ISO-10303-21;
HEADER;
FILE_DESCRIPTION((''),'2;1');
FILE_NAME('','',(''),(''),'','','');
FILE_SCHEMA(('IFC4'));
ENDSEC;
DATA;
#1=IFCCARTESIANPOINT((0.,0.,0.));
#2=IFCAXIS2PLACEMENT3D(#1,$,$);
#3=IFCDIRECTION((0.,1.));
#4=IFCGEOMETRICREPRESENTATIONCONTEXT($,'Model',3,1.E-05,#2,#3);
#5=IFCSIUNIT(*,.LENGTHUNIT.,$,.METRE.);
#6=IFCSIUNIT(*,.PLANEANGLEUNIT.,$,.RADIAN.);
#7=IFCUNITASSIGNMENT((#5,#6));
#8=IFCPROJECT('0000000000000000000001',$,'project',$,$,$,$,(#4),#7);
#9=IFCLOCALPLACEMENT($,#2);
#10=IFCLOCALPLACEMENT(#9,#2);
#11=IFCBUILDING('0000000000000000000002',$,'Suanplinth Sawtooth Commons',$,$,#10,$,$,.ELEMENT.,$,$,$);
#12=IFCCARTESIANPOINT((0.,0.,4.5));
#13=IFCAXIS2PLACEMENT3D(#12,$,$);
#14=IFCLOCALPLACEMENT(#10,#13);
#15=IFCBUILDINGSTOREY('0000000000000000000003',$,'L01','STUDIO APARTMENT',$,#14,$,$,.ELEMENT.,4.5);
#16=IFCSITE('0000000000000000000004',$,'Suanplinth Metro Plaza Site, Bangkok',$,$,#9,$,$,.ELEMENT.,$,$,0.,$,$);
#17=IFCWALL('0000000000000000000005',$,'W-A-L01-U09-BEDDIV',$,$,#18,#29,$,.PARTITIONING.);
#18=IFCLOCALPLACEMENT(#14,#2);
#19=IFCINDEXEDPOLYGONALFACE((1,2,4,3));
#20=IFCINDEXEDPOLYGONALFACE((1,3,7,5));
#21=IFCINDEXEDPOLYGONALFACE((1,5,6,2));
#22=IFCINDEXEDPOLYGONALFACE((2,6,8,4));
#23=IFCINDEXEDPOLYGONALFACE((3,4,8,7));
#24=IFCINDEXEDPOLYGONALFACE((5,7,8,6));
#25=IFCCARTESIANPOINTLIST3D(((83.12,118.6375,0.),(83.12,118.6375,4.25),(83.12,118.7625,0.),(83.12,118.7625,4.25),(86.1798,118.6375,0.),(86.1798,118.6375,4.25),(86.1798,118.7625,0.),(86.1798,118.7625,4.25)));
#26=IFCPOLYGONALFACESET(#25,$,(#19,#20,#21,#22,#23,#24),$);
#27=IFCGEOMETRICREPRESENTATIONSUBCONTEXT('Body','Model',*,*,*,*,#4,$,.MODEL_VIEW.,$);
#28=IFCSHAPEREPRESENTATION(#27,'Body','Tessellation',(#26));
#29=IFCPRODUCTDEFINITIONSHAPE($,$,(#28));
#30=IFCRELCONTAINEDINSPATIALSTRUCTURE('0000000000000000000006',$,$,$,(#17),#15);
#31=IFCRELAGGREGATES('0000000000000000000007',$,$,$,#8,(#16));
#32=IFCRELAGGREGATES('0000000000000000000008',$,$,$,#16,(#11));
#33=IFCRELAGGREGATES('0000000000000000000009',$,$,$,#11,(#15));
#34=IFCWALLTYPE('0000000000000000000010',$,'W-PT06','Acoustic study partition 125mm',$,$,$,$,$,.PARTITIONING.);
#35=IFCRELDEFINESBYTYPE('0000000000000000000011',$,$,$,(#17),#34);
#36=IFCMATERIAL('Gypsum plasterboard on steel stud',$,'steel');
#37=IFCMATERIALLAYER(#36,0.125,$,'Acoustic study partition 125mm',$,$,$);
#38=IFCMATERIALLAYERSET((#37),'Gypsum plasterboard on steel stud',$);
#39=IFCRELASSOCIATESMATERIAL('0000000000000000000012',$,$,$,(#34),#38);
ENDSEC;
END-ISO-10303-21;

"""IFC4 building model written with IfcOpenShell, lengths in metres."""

from ifc_helpers import new_model, si_unit, direction, frame, frame_2d, origin, place, context, subcontext, project, spatial, rectangle, extrude, material, layer, layer_set, type_object, element, save


model = new_model("IFC4")

# Units and contexts
model_context = context("Model", 3, precision=1e-05, world=origin(), true_north=direction((0.0, 1.0)))
body_context = subcontext(model_context, "Body", "Model", "MODEL_VIEW")
ifc_project = project(units=[si_unit("LENGTHUNIT", "METRE"), si_unit("PLANEANGLEUNIT", "RADIAN")], contexts=[model_context])

# Site, building, storey
site_placement = place(None, origin())
site = spatial("IfcSite", under=ifc_project, at=site_placement, Name="Suanplinth Metro Plaza Site, Bangkok", CompositionType="ELEMENT", RefElevation=0.0)
building_placement = place(site_placement, origin())
building = spatial("IfcBuilding", under=site, at=building_placement, Name="Suanplinth Sawtooth Commons", CompositionType="ELEMENT")
storey_placement = place(building_placement, frame((0.0, 0.0, 4.5)))
storey = spatial("IfcBuildingStorey", under=building, at=storey_placement, Name="L01", Description="STUDIO APARTMENT", CompositionType="ELEMENT", Elevation=4.5)

# Shared definitions
ifc_material_1 = material(Name="Gypsum plasterboard on steel stud", Category="steel")

# Wall
ifc_layer_1 = layer(ifc_material_1, 0.125, Name="Acoustic study partition 125mm")
ifc_layer_set_1 = layer_set([ifc_layer_1], Name="Gypsum plasterboard on steel stud")
wall_type_1 = type_object("IfcWallType", Name="W-PT06", Description="Acoustic study partition 125mm", PredefinedType="PARTITIONING", material=ifc_layer_set_1)
wall_1_placement = place(storey_placement, frame((83.1201, 118.7, 0.0), z_axis=(0.0, 0.0, 1.0), x_axis=(1.0, 0.0, 0.0)))
element("IfcWall", 1, at=wall_1_placement, inside=storey, type_object=wall_type_1, Name="W-A-L01-U09-BEDDIV", PredefinedType="PARTITIONING", context=body_context, shape_type="SweptSolid", body=[
    extrude(rectangle(XDim=3.0598, YDim=0.125, at=frame_2d((1.5298, 0.0))), origin(), (0.0, 0.0, 1.0), 4.25),
])

save(model, "model.ifc")
